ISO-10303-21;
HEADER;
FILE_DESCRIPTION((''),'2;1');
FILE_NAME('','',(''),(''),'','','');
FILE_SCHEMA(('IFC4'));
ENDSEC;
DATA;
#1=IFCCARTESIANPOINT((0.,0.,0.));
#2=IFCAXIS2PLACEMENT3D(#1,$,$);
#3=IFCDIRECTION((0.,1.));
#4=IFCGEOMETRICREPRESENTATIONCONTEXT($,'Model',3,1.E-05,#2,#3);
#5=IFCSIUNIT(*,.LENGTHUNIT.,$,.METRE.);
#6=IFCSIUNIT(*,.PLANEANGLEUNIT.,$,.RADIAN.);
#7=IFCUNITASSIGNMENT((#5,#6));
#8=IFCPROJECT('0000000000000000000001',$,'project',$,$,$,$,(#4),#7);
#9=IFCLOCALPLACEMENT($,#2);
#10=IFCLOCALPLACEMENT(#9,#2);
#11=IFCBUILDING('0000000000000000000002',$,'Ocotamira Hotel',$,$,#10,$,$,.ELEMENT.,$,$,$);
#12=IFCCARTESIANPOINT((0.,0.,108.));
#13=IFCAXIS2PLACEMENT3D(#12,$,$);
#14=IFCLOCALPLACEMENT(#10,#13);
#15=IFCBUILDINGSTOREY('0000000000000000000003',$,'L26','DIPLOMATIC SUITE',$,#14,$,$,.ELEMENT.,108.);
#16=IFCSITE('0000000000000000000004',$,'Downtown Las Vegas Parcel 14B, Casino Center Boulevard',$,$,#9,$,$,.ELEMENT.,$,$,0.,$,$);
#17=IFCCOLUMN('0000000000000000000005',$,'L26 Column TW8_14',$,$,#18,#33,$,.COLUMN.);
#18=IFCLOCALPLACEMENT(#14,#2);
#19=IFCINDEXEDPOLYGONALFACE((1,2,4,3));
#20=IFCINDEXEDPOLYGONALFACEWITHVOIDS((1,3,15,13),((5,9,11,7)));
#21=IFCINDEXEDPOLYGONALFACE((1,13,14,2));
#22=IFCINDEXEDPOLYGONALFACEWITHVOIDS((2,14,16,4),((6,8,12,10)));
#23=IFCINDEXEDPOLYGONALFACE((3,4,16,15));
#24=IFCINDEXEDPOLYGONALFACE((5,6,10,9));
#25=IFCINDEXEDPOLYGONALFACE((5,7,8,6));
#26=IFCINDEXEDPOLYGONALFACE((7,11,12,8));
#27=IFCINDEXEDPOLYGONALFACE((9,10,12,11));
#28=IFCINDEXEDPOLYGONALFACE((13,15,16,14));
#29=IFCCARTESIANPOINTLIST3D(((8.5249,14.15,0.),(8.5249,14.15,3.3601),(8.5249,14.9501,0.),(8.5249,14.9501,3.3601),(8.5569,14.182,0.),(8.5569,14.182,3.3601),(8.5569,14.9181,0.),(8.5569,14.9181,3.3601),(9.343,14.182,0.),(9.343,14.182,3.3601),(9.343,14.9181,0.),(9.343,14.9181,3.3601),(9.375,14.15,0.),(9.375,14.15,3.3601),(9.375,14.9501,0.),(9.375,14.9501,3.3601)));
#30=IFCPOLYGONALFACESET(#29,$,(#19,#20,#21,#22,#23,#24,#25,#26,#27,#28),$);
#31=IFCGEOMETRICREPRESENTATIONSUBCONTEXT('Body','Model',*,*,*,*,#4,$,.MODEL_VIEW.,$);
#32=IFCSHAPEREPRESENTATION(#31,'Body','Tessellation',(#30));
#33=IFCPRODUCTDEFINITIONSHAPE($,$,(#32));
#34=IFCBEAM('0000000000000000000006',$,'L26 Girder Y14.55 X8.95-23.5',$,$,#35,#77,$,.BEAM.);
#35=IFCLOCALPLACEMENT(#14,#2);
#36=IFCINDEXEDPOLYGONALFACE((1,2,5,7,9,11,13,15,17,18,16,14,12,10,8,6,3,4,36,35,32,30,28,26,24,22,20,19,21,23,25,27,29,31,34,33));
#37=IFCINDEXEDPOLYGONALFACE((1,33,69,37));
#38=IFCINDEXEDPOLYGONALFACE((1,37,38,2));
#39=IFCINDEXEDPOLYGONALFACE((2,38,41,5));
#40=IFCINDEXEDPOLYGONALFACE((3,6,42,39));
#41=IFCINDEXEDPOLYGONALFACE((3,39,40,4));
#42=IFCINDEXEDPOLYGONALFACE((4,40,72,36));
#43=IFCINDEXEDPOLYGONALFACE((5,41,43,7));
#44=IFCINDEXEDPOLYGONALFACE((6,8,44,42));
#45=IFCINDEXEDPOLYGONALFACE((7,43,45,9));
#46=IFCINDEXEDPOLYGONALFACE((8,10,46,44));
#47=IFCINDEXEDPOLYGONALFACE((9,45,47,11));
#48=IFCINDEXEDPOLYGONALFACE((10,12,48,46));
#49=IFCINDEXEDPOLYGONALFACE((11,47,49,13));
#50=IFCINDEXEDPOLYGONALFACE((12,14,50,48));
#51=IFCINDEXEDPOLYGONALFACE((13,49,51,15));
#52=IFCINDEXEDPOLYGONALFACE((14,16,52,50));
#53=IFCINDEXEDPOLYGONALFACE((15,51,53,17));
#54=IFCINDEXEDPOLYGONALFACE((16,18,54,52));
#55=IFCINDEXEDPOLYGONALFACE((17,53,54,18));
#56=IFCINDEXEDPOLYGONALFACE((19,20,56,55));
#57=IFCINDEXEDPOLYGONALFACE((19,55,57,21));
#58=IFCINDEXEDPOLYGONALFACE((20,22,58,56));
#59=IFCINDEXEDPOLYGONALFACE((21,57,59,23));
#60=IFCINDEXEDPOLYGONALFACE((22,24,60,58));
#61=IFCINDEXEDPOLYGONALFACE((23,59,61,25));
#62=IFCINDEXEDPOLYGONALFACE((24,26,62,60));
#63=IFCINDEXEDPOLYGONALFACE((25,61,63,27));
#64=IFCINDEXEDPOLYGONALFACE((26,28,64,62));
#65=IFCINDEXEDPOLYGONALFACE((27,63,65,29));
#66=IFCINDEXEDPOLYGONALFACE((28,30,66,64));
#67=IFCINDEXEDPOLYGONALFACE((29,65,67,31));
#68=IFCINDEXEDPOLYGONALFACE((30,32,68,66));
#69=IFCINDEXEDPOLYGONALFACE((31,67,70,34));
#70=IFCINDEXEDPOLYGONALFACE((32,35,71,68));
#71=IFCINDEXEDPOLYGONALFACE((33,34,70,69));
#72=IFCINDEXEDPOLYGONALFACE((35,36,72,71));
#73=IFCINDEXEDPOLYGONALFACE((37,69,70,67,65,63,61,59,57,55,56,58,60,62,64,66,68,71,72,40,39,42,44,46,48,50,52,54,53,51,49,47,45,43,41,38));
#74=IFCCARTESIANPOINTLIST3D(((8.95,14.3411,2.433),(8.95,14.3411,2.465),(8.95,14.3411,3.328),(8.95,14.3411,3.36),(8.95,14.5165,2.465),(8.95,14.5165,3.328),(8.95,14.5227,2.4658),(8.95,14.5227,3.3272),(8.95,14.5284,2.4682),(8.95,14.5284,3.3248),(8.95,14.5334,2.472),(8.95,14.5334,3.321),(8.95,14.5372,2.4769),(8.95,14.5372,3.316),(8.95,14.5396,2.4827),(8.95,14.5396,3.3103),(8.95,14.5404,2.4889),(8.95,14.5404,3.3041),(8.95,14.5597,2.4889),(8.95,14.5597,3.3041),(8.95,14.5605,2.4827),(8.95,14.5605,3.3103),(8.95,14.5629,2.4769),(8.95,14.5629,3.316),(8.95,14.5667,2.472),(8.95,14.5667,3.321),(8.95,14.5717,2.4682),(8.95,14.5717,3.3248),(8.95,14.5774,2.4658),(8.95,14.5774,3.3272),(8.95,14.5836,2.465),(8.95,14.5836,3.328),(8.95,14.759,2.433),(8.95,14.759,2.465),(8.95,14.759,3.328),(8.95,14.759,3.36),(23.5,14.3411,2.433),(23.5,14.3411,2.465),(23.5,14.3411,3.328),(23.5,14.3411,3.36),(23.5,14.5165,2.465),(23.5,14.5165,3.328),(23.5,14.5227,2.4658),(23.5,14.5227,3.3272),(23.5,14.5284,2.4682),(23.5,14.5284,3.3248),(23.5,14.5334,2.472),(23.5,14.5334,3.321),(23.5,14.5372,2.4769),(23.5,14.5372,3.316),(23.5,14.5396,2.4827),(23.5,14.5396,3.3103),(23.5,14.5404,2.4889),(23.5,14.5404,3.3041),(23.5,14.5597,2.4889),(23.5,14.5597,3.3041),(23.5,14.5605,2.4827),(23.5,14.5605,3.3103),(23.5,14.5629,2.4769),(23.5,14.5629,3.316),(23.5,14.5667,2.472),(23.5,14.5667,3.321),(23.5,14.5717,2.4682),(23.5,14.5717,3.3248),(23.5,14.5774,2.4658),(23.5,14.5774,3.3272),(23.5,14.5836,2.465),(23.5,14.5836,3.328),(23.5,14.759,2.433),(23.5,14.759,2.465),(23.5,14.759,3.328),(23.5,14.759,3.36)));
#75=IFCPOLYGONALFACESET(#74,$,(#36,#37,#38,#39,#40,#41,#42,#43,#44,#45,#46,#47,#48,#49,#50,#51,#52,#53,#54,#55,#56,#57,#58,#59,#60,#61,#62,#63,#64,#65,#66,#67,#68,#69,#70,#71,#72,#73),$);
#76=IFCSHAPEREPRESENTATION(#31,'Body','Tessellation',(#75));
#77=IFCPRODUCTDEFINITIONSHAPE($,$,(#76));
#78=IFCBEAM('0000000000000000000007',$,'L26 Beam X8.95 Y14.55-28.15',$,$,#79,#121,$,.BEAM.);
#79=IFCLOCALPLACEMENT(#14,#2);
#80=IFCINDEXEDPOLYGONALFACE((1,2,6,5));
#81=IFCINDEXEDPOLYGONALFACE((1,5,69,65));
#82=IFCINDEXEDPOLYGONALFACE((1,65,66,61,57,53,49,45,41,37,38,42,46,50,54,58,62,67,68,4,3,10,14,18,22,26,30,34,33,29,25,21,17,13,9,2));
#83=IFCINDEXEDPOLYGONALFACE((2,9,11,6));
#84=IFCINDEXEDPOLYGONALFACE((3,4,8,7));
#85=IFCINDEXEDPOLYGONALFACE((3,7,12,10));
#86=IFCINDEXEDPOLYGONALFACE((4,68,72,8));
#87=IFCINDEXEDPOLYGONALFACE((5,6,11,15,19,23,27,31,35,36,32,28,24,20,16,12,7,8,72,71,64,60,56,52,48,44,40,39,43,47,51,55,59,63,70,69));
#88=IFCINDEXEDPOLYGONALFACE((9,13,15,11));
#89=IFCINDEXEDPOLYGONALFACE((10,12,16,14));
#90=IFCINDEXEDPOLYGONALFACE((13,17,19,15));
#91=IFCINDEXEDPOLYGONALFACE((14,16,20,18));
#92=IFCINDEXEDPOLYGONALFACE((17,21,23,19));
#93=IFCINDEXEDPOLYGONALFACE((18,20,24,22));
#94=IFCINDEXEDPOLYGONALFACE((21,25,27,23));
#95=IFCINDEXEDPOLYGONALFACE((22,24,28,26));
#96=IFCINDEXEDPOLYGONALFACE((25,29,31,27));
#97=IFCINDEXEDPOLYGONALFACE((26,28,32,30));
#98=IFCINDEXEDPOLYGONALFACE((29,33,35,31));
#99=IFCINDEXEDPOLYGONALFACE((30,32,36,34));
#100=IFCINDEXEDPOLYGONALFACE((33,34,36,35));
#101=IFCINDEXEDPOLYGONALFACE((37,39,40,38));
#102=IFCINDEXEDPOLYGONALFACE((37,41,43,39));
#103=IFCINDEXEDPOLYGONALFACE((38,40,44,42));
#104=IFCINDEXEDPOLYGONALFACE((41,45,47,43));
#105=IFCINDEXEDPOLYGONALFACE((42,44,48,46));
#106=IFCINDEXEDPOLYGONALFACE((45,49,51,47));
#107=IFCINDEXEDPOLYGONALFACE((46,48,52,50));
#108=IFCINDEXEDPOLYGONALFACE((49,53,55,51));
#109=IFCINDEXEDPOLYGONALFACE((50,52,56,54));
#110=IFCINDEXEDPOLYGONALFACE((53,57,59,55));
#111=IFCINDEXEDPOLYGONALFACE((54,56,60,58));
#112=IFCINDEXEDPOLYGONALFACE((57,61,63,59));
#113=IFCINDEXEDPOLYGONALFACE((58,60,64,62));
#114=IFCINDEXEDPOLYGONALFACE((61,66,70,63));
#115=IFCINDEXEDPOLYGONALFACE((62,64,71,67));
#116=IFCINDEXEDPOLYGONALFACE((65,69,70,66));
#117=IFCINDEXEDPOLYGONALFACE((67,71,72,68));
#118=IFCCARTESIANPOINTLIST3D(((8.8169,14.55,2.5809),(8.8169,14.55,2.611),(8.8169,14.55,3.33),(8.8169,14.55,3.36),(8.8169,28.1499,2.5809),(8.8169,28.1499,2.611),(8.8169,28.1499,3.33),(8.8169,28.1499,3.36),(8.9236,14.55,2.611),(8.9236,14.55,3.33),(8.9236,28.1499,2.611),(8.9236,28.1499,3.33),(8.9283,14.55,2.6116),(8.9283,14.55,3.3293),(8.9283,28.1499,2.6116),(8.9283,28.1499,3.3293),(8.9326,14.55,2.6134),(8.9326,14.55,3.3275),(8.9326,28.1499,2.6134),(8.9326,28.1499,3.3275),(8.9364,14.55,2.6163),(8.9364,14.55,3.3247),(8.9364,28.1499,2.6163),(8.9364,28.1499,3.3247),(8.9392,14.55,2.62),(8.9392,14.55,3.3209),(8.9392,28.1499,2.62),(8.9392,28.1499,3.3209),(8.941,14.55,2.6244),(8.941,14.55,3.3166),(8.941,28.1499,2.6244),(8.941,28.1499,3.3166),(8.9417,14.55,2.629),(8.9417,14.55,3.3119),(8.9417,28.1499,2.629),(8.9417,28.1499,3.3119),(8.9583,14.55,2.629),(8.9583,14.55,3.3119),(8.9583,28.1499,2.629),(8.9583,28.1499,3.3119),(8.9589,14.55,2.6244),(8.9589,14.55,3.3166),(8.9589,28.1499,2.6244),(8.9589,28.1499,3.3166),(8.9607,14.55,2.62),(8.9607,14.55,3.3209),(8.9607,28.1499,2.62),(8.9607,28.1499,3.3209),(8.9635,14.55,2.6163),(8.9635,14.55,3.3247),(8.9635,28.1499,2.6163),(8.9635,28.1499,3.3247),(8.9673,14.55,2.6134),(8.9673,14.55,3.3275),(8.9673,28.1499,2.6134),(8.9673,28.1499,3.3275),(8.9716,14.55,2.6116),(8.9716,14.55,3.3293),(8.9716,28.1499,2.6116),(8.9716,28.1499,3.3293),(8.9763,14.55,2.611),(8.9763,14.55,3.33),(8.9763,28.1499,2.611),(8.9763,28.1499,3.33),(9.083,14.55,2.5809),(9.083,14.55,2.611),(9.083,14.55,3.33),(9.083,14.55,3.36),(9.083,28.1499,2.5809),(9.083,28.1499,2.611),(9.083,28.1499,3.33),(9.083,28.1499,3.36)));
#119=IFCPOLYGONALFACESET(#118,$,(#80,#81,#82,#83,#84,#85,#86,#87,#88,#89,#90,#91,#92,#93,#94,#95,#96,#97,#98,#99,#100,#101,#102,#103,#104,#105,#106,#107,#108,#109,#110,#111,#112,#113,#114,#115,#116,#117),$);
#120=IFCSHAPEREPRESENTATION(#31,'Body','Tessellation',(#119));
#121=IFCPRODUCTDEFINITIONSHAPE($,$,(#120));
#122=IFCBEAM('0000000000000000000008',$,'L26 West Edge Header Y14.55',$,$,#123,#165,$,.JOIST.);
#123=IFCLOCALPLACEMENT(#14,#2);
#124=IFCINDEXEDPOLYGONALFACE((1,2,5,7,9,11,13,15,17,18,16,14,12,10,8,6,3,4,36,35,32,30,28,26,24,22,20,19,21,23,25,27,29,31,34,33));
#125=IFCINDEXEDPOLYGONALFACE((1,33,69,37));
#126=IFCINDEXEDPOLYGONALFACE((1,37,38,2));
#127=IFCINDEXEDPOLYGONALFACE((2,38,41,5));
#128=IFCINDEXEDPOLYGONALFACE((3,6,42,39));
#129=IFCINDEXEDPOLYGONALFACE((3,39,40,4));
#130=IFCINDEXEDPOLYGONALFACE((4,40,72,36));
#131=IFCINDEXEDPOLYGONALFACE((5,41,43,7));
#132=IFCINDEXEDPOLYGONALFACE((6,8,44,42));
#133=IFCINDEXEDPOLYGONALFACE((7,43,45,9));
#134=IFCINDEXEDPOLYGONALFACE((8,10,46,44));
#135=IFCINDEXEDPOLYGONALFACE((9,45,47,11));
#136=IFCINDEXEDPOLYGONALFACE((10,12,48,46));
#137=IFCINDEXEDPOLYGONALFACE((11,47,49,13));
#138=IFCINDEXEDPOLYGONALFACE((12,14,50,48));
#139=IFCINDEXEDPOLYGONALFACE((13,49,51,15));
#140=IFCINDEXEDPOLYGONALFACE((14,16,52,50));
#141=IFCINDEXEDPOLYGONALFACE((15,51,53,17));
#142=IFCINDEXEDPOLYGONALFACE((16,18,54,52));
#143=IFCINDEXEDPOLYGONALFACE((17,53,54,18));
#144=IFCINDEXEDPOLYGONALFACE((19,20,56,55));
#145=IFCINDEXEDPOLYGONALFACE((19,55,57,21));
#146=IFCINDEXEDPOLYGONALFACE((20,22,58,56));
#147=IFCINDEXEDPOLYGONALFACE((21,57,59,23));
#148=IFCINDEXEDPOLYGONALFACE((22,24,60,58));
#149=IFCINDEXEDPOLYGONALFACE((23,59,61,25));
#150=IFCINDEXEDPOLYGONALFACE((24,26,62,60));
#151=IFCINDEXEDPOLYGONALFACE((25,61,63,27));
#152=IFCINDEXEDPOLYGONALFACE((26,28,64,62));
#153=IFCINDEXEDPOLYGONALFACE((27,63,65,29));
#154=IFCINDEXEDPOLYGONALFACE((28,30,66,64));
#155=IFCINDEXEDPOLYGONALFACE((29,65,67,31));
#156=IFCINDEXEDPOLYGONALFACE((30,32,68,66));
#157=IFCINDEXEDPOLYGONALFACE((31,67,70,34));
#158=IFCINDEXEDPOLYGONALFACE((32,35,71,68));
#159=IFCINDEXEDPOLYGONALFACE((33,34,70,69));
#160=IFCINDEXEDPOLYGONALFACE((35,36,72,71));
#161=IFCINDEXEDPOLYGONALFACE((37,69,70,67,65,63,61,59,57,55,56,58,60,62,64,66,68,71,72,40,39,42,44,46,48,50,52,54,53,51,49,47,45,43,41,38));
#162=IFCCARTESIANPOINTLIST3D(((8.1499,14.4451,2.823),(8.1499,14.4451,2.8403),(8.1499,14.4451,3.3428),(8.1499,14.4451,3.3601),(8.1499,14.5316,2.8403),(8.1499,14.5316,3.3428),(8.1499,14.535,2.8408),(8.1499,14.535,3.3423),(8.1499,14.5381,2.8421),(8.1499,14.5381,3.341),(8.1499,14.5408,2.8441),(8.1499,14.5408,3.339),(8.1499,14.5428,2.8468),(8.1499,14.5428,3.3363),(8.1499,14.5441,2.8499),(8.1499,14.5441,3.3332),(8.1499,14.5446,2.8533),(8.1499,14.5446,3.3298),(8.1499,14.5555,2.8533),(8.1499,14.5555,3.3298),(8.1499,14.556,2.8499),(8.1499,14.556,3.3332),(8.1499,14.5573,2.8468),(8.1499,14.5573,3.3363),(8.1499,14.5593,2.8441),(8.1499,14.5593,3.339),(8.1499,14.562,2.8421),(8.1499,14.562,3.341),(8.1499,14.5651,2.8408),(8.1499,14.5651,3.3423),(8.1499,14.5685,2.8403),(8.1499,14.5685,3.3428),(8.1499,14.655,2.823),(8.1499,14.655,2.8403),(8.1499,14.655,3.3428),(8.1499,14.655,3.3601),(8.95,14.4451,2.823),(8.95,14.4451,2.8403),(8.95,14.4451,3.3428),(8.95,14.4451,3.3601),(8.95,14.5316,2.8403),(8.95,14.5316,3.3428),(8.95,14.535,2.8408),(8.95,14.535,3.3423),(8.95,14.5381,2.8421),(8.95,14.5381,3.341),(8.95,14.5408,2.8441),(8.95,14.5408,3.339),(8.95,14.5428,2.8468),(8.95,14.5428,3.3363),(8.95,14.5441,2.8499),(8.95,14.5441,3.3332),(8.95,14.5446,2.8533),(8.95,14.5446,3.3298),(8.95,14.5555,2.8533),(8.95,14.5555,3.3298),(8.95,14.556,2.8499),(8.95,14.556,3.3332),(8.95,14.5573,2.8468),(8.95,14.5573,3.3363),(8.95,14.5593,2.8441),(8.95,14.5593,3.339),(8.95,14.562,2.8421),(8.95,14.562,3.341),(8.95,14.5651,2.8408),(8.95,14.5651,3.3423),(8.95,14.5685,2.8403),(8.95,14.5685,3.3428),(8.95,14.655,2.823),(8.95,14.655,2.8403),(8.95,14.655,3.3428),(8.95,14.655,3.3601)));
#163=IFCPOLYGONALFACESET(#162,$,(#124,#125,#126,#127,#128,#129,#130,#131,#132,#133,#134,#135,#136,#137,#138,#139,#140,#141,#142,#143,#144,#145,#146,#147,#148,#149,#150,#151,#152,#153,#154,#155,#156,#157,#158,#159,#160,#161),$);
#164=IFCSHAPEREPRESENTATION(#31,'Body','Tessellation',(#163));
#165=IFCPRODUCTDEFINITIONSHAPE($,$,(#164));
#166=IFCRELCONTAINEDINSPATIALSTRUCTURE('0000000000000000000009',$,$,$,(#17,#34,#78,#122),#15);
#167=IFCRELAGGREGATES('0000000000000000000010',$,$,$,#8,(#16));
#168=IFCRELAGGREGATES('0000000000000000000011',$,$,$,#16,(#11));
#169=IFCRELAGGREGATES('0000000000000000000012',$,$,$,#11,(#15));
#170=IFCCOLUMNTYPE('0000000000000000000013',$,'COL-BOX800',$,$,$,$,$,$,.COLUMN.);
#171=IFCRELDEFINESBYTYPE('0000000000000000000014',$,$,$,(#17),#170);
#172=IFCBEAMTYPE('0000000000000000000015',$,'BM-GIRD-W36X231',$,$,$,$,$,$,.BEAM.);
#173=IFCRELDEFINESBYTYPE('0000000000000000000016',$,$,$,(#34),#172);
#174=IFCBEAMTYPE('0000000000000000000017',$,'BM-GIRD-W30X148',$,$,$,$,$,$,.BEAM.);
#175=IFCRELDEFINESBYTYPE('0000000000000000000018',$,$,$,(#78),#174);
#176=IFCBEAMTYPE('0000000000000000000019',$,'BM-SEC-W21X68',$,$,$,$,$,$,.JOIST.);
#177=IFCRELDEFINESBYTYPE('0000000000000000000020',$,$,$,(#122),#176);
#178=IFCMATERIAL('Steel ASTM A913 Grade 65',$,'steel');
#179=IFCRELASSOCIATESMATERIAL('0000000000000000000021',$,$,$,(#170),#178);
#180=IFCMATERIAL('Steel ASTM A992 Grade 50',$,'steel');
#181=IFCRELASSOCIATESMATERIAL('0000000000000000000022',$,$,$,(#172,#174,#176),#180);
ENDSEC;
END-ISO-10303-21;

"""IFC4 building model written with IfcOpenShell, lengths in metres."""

from ifc_helpers import new_model, si_unit, direction, frame, origin, origin_2d, place, context, subcontext, project, spatial, hollow_rectangle, i_section, extrude, source, transform, mapped, material, material_profile, profile_set, type_object, element, save


model = new_model("IFC4")

# Units and contexts
model_context = context("Model", 3, precision=1e-05, world=origin(), true_north=direction((0.0, 1.0)))
body_context = subcontext(model_context, "Body", "Model", "MODEL_VIEW")
ifc_project = project(units=[si_unit("LENGTHUNIT", "METRE"), si_unit("PLANEANGLEUNIT", "RADIAN")], contexts=[model_context])

# Site, building, storey
site_placement = place(None, origin())
site = spatial("IfcSite", under=ifc_project, at=site_placement, Name="Downtown Las Vegas Parcel 14B, Casino Center Boulevard", CompositionType="ELEMENT", RefElevation=0.0)
building_placement = place(site_placement, origin())
building = spatial("IfcBuilding", under=site, at=building_placement, Name="Ocotamira Hotel", CompositionType="ELEMENT")
storey_placement = place(building_placement, frame((0.0, 0.0, 108.0)))
storey = spatial("IfcBuildingStorey", under=building, at=storey_placement, Name="L26", Description="DIPLOMATIC SUITE", CompositionType="ELEMENT", Elevation=108.0)

# Column
ifc_material_1 = material(Name="Steel ASTM A913 Grade 65", Category="steel")
ifc_material_profile_1 = material_profile(ifc_material_1, hollow_rectangle(XDim=0.8501, YDim=0.8, WallThickness=0.032, at=origin_2d()), Name="BOX800X850X32")
ifc_profile_set_1 = profile_set([ifc_material_profile_1], Name="Steel ASTM A913 Grade 65")
column_type = type_object("IfcColumnType", Name="COL-BOX800", PredefinedType="COLUMN", material=ifc_profile_set_1)
shared_shape_1 = source(origin(), body_context, "Body", "SweptSolid", [
    extrude(hollow_rectangle(XDim=0.8501, YDim=0.8, WallThickness=0.032, at=origin_2d()), origin(), (0.0, 0.0, 1.0), 3.3601),
])
column_placement = place(storey_placement, frame((8.95, 14.55, 0.0), z_axis=(0.0, 0.0, 1.0), x_axis=(1.0, 0.0, 0.0)))
element("IfcColumn", 1, at=column_placement, inside=storey, type_object=column_type, Name="L26 Column TW8_14", PredefinedType="COLUMN", context=body_context, shape_type="MappedRepresentation", body=[
    mapped(shared_shape_1, transform((0.0, 0.0, 0.0), scale=1.0)),
])

# Beams
ifc_material_2 = material(Name="Steel ASTM A992 Grade 50", Category="steel")
ifc_material_profile_2 = material_profile(ifc_material_2, i_section(OverallWidth=0.418, OverallDepth=0.927, WebThickness=0.0193, FlangeThickness=0.032, FilletRadius=0.0239, at=origin_2d()), Name="W36X231")
ifc_profile_set_2 = profile_set([ifc_material_profile_2], Name="Steel ASTM A992 Grade 50")
beam_type_1 = type_object("IfcBeamType", Name="BM-GIRD-W36X231", PredefinedType="BEAM", material=ifc_profile_set_2)
shared_shape_2 = source(origin(), body_context, "Body", "SweptSolid", [
    extrude(i_section(OverallWidth=0.418, OverallDepth=0.927, WebThickness=0.0193, FlangeThickness=0.032, FilletRadius=0.0239, at=origin_2d()), origin(), (0.0, 0.0, 1.0), 14.55),
])
beam_1_placement = place(storey_placement, frame((8.95, 14.55, 2.8965), z_axis=(1.0, 0.0, 0.0), x_axis=(0.0, 1.0, 0.0)))
element("IfcBeam", 2, at=beam_1_placement, inside=storey, type_object=beam_type_1, Name="L26 Girder Y14.55 X8.95-23.5", PredefinedType="BEAM", context=body_context, shape_type="MappedRepresentation", body=[
    mapped(shared_shape_2, transform((0.0, 0.0, 0.0), scale=1.0)),
])
ifc_material_profile_3 = material_profile(ifc_material_2, i_section(OverallWidth=0.2661, OverallDepth=0.7791, WebThickness=0.0166, FlangeThickness=0.03, FilletRadius=0.0181, at=origin_2d()), Name="W30X148")
ifc_profile_set_3 = profile_set([ifc_material_profile_3], Name="Steel ASTM A992 Grade 50")
beam_type_2 = type_object("IfcBeamType", Name="BM-GIRD-W30X148", PredefinedType="BEAM", material=ifc_profile_set_3)
shared_shape_3 = source(origin(), body_context, "Body", "SweptSolid", [
    extrude(i_section(OverallWidth=0.2661, OverallDepth=0.7791, WebThickness=0.0166, FlangeThickness=0.03, FilletRadius=0.0181, at=origin_2d()), origin(), (0.0, 0.0, 1.0), 13.5999),
])
beam_2_placement = place(storey_placement, frame((8.95, 14.55, 2.9705), z_axis=(0.0, 1.0, 0.0), x_axis=(-1.0, 0.0, 0.0)))
element("IfcBeam", 3, at=beam_2_placement, inside=storey, type_object=beam_type_2, Name="L26 Beam X8.95 Y14.55-28.15", PredefinedType="BEAM", context=body_context, shape_type="MappedRepresentation", body=[
    mapped(shared_shape_3, transform((0.0, 0.0, 0.0), scale=1.0)),
])
ifc_material_profile_4 = material_profile(ifc_material_2, i_section(OverallWidth=0.21, OverallDepth=0.5371, WebThickness=0.011, FlangeThickness=0.0173, FilletRadius=0.0129, at=origin_2d()), Name="W21X68")
ifc_profile_set_4 = profile_set([ifc_material_profile_4], Name="Steel ASTM A992 Grade 50")
beam_type_3 = type_object("IfcBeamType", Name="BM-SEC-W21X68", PredefinedType="JOIST", material=ifc_profile_set_4)
shared_shape_4 = source(origin(), body_context, "Body", "SweptSolid", [
    extrude(i_section(OverallWidth=0.21, OverallDepth=0.5371, WebThickness=0.011, FlangeThickness=0.0173, FilletRadius=0.0129, at=origin_2d()), origin(), (0.0, 0.0, 1.0), 0.8),
])
beam_3_placement = place(storey_placement, frame((8.95, 14.55, 3.0916), z_axis=(-1.0, 0.0, 0.0), x_axis=(0.0, -1.0, 0.0)))
element("IfcBeam", 4, at=beam_3_placement, inside=storey, type_object=beam_type_3, Name="L26 West Edge Header Y14.55", PredefinedType="JOIST", context=body_context, shape_type="MappedRepresentation", body=[
    mapped(shared_shape_4, transform((0.0, 0.0, 0.0), scale=1.0)),
])

save(model, "model.ifc")
